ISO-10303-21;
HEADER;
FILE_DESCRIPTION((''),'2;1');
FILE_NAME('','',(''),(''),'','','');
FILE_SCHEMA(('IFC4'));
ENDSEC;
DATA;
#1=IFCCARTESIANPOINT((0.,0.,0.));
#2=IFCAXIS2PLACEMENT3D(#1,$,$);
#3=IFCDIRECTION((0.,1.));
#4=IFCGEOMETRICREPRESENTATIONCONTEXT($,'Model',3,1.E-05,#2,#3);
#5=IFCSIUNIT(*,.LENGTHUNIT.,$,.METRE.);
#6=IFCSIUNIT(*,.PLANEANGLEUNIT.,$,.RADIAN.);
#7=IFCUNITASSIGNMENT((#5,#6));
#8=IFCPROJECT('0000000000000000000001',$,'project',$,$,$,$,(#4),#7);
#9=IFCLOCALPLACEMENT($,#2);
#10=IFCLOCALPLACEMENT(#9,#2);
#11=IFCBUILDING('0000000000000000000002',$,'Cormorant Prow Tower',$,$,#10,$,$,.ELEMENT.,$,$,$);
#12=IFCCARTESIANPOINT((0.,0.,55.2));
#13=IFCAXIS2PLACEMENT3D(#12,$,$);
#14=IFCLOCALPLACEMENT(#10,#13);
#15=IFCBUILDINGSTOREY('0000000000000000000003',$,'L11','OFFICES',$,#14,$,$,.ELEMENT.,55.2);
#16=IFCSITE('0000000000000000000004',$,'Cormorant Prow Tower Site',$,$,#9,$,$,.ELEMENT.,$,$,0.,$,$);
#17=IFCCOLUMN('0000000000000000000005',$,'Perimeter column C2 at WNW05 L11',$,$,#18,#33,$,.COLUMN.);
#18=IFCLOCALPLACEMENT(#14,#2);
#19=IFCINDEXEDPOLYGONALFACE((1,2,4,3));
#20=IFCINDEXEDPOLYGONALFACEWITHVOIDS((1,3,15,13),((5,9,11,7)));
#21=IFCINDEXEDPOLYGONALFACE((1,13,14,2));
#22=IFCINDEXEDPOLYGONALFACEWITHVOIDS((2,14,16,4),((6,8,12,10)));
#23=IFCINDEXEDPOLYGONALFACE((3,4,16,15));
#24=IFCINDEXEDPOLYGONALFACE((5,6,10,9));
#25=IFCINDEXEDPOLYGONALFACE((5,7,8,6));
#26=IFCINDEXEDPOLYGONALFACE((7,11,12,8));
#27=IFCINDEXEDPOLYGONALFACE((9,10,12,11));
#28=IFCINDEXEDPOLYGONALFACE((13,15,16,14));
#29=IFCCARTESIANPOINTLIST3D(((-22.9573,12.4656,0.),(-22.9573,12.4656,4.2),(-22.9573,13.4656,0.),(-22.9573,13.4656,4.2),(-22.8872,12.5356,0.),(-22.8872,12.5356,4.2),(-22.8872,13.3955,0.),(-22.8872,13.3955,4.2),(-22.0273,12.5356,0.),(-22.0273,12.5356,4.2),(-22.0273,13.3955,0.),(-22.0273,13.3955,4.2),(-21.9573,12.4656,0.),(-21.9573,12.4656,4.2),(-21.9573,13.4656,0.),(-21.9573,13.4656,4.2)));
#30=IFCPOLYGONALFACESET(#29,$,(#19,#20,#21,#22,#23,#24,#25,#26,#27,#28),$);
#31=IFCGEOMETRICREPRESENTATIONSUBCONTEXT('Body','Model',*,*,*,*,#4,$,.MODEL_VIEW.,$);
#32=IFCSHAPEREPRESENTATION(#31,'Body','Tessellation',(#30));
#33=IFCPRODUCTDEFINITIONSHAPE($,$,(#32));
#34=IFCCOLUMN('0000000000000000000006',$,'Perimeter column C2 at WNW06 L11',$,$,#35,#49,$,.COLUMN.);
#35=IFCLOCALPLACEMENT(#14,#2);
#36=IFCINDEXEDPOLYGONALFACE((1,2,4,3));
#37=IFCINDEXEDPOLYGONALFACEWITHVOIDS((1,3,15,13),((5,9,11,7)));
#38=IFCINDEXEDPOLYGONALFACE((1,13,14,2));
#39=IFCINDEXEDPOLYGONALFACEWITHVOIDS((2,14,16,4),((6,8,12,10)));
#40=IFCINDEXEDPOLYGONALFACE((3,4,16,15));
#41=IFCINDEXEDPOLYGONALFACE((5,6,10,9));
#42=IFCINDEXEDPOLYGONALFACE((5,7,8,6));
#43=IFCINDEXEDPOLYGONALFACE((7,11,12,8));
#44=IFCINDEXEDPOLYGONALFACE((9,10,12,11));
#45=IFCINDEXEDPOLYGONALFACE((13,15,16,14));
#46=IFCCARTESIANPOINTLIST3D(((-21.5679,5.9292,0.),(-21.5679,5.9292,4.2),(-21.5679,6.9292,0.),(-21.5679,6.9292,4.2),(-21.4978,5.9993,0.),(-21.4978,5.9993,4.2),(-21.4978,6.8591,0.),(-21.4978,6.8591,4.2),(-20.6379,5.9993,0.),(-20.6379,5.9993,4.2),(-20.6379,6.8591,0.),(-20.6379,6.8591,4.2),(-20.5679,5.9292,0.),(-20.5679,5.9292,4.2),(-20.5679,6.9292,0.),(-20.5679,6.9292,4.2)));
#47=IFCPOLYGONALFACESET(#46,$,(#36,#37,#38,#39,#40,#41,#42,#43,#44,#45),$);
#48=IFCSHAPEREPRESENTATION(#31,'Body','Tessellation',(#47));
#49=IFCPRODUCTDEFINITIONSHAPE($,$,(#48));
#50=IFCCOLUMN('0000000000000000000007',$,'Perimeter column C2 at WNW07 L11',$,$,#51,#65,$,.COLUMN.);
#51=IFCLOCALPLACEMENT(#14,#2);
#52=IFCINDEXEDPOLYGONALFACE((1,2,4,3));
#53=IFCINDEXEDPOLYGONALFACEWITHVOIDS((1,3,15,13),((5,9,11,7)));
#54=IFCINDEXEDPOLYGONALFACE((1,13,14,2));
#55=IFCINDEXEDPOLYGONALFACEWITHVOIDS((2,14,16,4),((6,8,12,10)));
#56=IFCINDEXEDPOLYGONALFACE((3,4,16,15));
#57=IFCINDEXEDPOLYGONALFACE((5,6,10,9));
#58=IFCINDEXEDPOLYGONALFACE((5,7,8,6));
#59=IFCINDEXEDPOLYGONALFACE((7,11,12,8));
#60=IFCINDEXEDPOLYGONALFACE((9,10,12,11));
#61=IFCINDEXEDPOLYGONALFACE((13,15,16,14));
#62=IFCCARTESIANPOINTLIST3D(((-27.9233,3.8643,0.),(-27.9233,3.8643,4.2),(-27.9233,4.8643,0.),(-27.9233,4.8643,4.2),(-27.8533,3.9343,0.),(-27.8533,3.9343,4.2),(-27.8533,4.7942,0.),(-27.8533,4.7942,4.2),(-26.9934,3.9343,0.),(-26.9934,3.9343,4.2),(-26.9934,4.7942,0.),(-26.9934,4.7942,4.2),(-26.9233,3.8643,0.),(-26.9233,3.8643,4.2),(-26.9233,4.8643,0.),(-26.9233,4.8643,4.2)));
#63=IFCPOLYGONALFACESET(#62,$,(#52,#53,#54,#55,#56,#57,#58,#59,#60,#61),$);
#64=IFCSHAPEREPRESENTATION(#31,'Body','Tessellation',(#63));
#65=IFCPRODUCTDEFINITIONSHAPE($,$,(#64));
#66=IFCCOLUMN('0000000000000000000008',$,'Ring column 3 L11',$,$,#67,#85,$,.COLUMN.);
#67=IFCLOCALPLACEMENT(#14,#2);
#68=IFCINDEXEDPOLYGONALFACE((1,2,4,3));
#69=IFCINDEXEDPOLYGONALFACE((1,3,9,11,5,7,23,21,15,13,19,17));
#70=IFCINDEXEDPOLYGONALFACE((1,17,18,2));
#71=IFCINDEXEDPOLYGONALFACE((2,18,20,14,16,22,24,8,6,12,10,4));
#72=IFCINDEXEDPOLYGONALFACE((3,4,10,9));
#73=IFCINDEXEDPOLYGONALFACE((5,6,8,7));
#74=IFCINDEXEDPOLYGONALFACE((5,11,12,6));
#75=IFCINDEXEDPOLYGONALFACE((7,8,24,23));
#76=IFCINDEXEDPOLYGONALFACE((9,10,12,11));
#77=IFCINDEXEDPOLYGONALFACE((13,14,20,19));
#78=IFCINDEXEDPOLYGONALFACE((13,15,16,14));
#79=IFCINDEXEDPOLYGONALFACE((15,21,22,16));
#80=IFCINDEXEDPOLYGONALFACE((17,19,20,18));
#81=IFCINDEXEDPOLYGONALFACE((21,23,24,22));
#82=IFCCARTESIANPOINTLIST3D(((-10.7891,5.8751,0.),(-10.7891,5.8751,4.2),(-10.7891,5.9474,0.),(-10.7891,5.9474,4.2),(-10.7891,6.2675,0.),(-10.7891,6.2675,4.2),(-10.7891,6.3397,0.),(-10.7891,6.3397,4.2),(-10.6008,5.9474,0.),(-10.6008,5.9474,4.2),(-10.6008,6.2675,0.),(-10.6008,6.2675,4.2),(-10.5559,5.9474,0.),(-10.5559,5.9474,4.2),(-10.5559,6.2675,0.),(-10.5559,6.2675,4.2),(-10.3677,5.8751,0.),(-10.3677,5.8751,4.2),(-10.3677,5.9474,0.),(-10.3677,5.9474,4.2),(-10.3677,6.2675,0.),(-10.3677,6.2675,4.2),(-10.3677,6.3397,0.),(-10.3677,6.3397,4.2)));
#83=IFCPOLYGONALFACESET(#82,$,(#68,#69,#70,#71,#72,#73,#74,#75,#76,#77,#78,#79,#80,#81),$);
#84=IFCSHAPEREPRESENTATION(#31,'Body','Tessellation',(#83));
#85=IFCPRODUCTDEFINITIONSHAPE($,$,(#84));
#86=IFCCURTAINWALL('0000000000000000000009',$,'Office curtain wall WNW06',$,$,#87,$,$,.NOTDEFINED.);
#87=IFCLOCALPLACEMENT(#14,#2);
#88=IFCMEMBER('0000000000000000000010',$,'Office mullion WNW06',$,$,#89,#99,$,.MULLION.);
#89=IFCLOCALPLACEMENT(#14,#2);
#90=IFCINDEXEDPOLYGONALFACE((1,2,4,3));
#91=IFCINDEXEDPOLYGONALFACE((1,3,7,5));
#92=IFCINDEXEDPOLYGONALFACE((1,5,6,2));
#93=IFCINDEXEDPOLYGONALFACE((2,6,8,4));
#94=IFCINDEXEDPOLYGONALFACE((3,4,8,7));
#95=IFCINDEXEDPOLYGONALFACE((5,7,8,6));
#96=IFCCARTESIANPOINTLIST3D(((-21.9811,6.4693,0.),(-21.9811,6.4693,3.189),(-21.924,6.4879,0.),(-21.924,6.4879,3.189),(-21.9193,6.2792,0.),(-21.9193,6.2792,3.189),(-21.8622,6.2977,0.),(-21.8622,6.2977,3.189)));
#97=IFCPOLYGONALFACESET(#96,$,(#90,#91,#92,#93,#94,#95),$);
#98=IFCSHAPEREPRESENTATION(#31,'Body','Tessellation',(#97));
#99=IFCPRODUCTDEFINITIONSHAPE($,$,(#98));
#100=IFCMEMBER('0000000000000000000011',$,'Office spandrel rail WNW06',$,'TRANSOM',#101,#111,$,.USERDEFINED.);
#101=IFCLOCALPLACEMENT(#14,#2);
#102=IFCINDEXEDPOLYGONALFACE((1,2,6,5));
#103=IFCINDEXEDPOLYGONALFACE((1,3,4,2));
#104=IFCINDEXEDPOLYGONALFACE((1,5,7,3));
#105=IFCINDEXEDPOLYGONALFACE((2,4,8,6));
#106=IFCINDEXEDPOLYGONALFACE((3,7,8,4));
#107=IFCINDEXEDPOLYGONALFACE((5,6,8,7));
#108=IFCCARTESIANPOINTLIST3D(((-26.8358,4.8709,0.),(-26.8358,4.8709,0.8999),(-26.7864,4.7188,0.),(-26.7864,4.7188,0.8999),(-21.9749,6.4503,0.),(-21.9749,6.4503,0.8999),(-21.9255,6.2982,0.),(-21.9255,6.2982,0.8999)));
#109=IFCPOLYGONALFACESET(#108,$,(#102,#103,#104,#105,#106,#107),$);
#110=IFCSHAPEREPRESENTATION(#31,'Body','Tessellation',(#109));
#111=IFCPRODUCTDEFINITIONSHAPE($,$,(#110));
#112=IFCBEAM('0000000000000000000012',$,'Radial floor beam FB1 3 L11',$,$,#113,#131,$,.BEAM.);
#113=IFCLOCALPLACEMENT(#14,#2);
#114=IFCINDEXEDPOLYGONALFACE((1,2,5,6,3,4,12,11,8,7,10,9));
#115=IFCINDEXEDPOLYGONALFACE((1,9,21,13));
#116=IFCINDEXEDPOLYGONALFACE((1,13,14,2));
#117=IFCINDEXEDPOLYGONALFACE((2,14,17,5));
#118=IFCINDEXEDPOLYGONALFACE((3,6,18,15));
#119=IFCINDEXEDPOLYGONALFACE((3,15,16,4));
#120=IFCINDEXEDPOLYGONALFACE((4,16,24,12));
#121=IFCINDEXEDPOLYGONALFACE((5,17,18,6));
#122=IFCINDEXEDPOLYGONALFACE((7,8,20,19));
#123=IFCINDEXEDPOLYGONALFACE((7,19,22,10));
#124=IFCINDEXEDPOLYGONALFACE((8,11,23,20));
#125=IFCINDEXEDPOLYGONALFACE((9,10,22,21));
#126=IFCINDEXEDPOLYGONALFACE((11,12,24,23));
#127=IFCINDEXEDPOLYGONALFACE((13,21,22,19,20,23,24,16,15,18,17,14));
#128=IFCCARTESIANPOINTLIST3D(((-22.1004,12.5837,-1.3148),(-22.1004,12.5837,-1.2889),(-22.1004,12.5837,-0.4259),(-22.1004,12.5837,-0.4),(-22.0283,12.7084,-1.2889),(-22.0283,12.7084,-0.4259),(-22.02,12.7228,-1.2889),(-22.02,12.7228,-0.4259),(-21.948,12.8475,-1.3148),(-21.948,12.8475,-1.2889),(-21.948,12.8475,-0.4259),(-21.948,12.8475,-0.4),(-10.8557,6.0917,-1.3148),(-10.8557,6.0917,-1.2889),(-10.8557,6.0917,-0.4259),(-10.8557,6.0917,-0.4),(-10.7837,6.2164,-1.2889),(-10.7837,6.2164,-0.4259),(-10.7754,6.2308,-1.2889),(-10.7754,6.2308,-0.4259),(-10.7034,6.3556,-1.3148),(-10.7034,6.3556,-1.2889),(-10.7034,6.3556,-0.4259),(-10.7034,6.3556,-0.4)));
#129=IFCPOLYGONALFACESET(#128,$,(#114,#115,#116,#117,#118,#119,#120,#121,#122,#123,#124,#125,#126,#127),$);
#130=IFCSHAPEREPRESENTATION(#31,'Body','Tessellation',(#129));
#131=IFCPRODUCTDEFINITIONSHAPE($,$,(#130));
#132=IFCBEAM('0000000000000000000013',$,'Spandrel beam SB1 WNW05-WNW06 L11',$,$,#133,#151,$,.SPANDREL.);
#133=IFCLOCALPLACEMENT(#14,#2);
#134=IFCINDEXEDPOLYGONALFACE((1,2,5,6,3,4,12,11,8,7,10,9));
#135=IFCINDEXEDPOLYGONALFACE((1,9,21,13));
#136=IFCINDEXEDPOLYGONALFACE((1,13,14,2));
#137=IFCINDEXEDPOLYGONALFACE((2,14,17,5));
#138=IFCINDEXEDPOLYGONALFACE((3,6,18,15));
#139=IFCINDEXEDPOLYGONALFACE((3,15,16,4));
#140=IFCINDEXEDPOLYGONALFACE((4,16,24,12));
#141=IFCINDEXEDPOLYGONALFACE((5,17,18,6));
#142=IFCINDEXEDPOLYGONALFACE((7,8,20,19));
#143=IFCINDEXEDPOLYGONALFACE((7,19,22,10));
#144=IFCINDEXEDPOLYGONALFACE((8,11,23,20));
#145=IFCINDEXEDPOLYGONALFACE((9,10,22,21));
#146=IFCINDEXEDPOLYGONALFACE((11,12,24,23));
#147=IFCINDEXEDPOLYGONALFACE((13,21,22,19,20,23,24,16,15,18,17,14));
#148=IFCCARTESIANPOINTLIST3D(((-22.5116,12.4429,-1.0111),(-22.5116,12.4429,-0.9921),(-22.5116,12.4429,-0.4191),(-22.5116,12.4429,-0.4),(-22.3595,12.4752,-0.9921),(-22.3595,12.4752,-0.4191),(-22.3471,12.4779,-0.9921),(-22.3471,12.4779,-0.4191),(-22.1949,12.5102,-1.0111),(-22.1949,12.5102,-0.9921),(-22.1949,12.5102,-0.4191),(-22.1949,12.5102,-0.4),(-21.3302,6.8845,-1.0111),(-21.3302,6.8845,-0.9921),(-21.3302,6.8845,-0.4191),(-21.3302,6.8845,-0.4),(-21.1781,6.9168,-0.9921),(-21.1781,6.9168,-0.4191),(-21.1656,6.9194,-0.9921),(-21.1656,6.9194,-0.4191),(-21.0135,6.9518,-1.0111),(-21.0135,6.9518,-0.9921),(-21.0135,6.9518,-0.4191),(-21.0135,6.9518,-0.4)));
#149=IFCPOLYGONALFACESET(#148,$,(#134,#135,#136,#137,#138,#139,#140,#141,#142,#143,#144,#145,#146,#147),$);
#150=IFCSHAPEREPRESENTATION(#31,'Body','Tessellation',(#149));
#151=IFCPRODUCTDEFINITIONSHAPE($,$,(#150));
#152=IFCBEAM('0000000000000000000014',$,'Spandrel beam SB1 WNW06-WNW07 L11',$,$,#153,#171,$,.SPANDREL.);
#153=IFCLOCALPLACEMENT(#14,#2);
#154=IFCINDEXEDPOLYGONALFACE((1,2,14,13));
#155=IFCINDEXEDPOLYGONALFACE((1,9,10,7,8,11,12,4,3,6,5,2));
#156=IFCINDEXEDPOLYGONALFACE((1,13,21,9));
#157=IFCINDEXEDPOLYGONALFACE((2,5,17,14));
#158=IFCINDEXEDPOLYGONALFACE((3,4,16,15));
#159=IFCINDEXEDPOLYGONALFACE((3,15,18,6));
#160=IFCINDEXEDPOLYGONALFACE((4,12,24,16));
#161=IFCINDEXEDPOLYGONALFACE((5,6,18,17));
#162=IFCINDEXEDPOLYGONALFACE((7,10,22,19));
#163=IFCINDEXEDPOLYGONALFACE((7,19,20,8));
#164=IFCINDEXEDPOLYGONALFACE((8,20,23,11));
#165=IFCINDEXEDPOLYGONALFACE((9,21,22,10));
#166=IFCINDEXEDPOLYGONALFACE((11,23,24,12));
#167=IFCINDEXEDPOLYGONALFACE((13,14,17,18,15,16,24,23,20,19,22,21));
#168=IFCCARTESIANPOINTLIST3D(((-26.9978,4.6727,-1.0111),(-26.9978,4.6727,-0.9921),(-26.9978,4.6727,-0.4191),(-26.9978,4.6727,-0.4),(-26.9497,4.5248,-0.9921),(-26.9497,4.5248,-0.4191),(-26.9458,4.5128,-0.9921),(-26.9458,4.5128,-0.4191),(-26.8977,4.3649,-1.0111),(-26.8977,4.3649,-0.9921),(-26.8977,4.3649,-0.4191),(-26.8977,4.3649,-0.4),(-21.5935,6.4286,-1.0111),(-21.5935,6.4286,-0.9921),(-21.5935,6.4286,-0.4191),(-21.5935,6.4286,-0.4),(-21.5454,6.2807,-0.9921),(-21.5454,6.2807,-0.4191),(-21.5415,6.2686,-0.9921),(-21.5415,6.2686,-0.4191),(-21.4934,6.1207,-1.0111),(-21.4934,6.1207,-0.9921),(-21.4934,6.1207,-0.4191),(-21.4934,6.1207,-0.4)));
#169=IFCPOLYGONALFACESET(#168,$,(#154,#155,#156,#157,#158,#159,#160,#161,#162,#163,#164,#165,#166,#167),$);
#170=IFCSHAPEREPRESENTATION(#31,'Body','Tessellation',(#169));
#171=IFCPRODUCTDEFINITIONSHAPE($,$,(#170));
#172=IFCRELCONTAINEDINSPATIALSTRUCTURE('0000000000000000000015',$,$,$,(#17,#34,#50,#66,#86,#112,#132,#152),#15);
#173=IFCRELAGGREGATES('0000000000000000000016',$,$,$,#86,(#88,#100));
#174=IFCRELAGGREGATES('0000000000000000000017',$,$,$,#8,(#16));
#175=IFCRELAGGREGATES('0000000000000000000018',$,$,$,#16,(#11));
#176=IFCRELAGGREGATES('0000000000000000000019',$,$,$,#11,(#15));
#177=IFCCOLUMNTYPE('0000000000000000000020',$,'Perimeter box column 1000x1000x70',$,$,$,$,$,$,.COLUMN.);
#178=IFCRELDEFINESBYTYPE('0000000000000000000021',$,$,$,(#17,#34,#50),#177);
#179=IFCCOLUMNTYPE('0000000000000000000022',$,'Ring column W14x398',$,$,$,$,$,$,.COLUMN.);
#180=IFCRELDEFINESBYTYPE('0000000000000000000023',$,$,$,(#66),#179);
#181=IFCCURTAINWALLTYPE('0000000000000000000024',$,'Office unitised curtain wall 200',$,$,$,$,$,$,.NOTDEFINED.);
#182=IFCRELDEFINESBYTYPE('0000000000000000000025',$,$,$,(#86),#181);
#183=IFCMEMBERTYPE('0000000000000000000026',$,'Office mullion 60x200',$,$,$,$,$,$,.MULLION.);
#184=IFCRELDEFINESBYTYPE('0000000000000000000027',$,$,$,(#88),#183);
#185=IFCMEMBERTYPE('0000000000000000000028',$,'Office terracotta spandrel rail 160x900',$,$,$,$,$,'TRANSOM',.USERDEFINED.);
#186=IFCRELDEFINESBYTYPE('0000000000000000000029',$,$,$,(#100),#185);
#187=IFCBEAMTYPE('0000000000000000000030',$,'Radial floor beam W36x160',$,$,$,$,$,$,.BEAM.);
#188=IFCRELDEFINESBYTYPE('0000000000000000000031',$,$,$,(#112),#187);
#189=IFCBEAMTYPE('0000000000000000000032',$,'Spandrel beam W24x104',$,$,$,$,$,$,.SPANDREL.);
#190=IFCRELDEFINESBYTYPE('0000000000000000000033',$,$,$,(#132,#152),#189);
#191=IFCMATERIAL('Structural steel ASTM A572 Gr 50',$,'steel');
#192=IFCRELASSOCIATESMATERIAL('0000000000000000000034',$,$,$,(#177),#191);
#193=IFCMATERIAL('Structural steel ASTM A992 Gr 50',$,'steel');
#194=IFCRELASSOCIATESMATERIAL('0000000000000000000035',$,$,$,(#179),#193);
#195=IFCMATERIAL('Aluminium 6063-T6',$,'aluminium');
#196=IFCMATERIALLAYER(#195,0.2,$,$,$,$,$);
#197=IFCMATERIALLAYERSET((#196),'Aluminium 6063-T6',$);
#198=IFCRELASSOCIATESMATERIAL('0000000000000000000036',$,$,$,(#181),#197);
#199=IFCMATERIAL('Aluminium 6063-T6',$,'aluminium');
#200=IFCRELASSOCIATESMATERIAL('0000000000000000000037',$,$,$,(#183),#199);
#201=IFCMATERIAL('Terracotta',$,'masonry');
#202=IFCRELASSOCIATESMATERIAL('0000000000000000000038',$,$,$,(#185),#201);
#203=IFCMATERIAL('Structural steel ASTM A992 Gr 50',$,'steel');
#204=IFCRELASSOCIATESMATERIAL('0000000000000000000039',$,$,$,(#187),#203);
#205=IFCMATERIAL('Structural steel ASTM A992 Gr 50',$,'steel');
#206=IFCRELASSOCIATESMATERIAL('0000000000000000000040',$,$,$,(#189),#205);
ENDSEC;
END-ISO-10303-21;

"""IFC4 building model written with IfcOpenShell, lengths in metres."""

from ifc_helpers import new_model, si_unit, direction, frame, origin, origin_2d, place, context, subcontext, project, spatial, rectangle, hollow_rectangle, i_section, extrude, material, layer, layer_set, material_profile, profile_set, type_object, element, aggregate, save


model = new_model("IFC4")

# Units and contexts
model_context = context("Model", 3, precision=1e-05, world=origin(), true_north=direction((0.0, 1.0)))
body_context = subcontext(model_context, "Body", "Model", "MODEL_VIEW")
ifc_project = project(units=[si_unit("LENGTHUNIT", "METRE"), si_unit("PLANEANGLEUNIT", "RADIAN")], contexts=[model_context])

# Site, building, storey
site_placement = place(None, origin())
site = spatial("IfcSite", under=ifc_project, at=site_placement, Name="Cormorant Prow Tower Site", CompositionType="ELEMENT", RefElevation=0.0)
building_placement = place(site_placement, origin())
building = spatial("IfcBuilding", under=site, at=building_placement, Name="Cormorant Prow Tower", CompositionType="ELEMENT")
storey_placement = place(building_placement, frame((0.0, 0.0, 55.2)))
storey = spatial("IfcBuildingStorey", under=building, at=storey_placement, Name="L11", Description="OFFICES", CompositionType="ELEMENT", Elevation=55.2)

# Columns
ifc_material_1 = material(Name="Structural steel ASTM A572 Gr 50", Category="steel")
ifc_material_profile_1 = material_profile(ifc_material_1, hollow_rectangle(XDim=1.0, YDim=1.0, WallThickness=0.0701, at=origin_2d()), Name="Box 1000x1000x70")
ifc_profile_set_1 = profile_set([ifc_material_profile_1], Name="Structural steel ASTM A572 Gr 50")
column_type_1 = type_object("IfcColumnType", Name="Perimeter box column 1000x1000x70", PredefinedType="COLUMN", material=ifc_profile_set_1)
for number, where, z_axis, x_axis, name in (
    (1, (-22.4573, 12.9656, 0.0), (0.0, 0.0, 1.0), (1.0, 0.0, 0.0), "Perimeter column C2 at WNW05 L11"),
    (2, (-21.0679, 6.4292, 0.0), (0.0, 0.0, 1.0), (1.0, 0.0, 0.0), "Perimeter column C2 at WNW06 L11"),
    (3, (-27.4233, 4.3643, 0.0), (0.0, 0.0, 1.0), (1.0, 0.0, 0.0), "Perimeter column C2 at WNW07 L11"),
):
    element("IfcColumn", number, at=place(storey_placement, frame(where, z_axis=z_axis, x_axis=x_axis)), inside=storey, type_object=column_type_1, Name=name, PredefinedType="COLUMN", context=body_context, shape_type="SweptSolid", body=[
        extrude(hollow_rectangle(XDim=1.0, YDim=1.0, WallThickness=0.0701, at=origin_2d()), origin(), (0.0, 0.0, 1.0), 4.2),
    ])
ifc_material_2 = material(Name="Structural steel ASTM A992 Gr 50", Category="steel")
ifc_material_profile_2 = material_profile(ifc_material_2, i_section(OverallWidth=0.4214, OverallDepth=0.4646, WebThickness=0.0449, FlangeThickness=0.0723, at=origin_2d()), Name="W14x398")
ifc_profile_set_2 = profile_set([ifc_material_profile_2], Name="Structural steel ASTM A992 Gr 50")
column_type_2 = type_object("IfcColumnType", Name="Ring column W14x398", PredefinedType="COLUMN", material=ifc_profile_set_2)
column_placement = place(storey_placement, frame((-10.5784, 6.1074, 0.0), z_axis=(0.0, 0.0, 1.0), x_axis=(1.0, 0.0, 0.0)))
element("IfcColumn", 4, at=column_placement, inside=storey, type_object=column_type_2, Name="Ring column 3 L11", PredefinedType="COLUMN", context=body_context, shape_type="SweptSolid", body=[
    extrude(i_section(OverallWidth=0.4214, OverallDepth=0.4646, WebThickness=0.0449, FlangeThickness=0.0723, at=origin_2d()), origin(), (0.0, 0.0, 1.0), 4.2),
])

# Curtain wall, members
ifc_material_3 = material(Name="Aluminium 6063-T6", Category="aluminium")
ifc_layer_1 = layer(ifc_material_3, 0.2)
ifc_layer_set_1 = layer_set([ifc_layer_1], Name="Aluminium 6063-T6")
curtain_wall_type = type_object("IfcCurtainWallType", Name="Office unitised curtain wall 200", PredefinedType="NOTDEFINED", material=ifc_layer_set_1)
curtain_wall_1_placement = place(storey_placement, origin())
curtain_wall_1 = element("IfcCurtainWall", 5, at=curtain_wall_1_placement, inside=storey, type_object=curtain_wall_type, Name="Office curtain wall WNW06", PredefinedType="NOTDEFINED")
ifc_material_4 = material(Name="Aluminium 6063-T6", Category="aluminium")
ifc_material_profile_3 = material_profile(ifc_material_4, rectangle(XDim=0.2, YDim=0.0601, at=origin_2d()), Name="Office mullion 60x200")
ifc_profile_set_3 = profile_set([ifc_material_profile_3], Name="Aluminium 6063-T6")
member_type_1 = type_object("IfcMemberType", Name="Office mullion 60x200", PredefinedType="MULLION", material=ifc_profile_set_3)
member_1_placement = place(storey_placement, frame((-21.9216, 6.3835, 0.0), z_axis=(0.0, 0.0, 1.0), x_axis=(0.309017, -0.951057, 0.0)))
member_1 = element("IfcMember", 6, at=member_1_placement, type_object=member_type_1, Name="Office mullion WNW06", PredefinedType="MULLION", context=body_context, shape_type="SweptSolid", body=[
    extrude(rectangle(XDim=0.2, YDim=0.0601, at=origin_2d()), origin(), (0.0, 0.0, 1.0), 3.189),
])
ifc_material_5 = material(Name="Terracotta", Category="masonry")
ifc_material_profile_4 = material_profile(ifc_material_5, rectangle(XDim=0.1599, YDim=0.8999, at=origin_2d()), Name="Office terracotta spandrel rail 160x900")
ifc_profile_set_4 = profile_set([ifc_material_profile_4], Name="Terracotta")
member_type_2 = type_object("IfcMemberType", Name="Office terracotta spandrel rail 160x900", ElementType="TRANSOM", PredefinedType="USERDEFINED", material=ifc_profile_set_4)
member_2_placement = place(storey_placement, frame((-21.9502, 6.3743, 0.45), z_axis=(-0.951059, -0.30901, 0.0), x_axis=(0.30901, -0.951059, 0.0)))
member_2 = element("IfcMember", 7, at=member_2_placement, type_object=member_type_2, Name="Office spandrel rail WNW06", ObjectType="TRANSOM", PredefinedType="USERDEFINED", context=body_context, shape_type="SweptSolid", body=[
    extrude(rectangle(XDim=0.1599, YDim=0.8999, at=origin_2d()), origin(), (0.0, 0.0, 1.0), 5.1111),
])

# Beams
ifc_material_6 = material(Name="Structural steel ASTM A992 Gr 50", Category="steel")
ifc_material_profile_5 = material_profile(ifc_material_6, i_section(OverallWidth=0.3047, OverallDepth=0.9148, WebThickness=0.0166, FlangeThickness=0.0259, at=origin_2d()), Name="W36x160")
ifc_profile_set_5 = profile_set([ifc_material_profile_5], Name="Structural steel ASTM A992 Gr 50")
beam_type_1 = type_object("IfcBeamType", Name="Radial floor beam W36x160", PredefinedType="BEAM", material=ifc_profile_set_5)
beam_1_placement = place(storey_placement, frame((-10.7795, 6.2236, -0.8574), z_axis=(-0.86603, 0.499992, 0.0), x_axis=(-0.499992, -0.86603, 0.0)))
element("IfcBeam", 8, at=beam_1_placement, inside=storey, type_object=beam_type_1, Name="Radial floor beam FB1 3 L11", PredefinedType="BEAM", context=body_context, shape_type="SweptSolid", body=[
    extrude(i_section(OverallWidth=0.3047, OverallDepth=0.9148, WebThickness=0.0166, FlangeThickness=0.0259, at=origin_2d()), origin(), (0.0, 0.0, 1.0), 12.9841),
])
ifc_material_7 = material(Name="Structural steel ASTM A992 Gr 50", Category="steel")
ifc_material_profile_6 = material_profile(ifc_material_7, i_section(OverallWidth=0.3237, OverallDepth=0.6111, WebThickness=0.0127, FlangeThickness=0.019, at=origin_2d()), Name="W24x104")
ifc_profile_set_6 = profile_set([ifc_material_profile_6], Name="Structural steel ASTM A992 Gr 50")
beam_type_2 = type_object("IfcBeamType", Name="Spandrel beam W24x104", PredefinedType="SPANDREL", material=ifc_profile_set_6)
beam_2_placement = place(storey_placement, frame((-22.3533, 12.4766, -0.7056), z_axis=(0.2079, -0.97815, 0.0), x_axis=(0.97815, 0.2079, 0.0)))
element("IfcBeam", 9, at=beam_2_placement, inside=storey, type_object=beam_type_2, Name="Spandrel beam SB1 WNW05-WNW06 L11", PredefinedType="SPANDREL", context=body_context, shape_type="SweptSolid", body=[
    extrude(i_section(OverallWidth=0.3237, OverallDepth=0.6111, WebThickness=0.0127, FlangeThickness=0.019, at=origin_2d()), origin(), (0.0, 0.0, 1.0), 5.6826),
])
beam_3_placement = place(storey_placement, frame((-21.5435, 6.2747, -0.7056), z_axis=(-0.951062, -0.309001, 0.0), x_axis=(0.309001, -0.951062, 0.0)))
element("IfcBeam", 10, at=beam_3_placement, inside=storey, type_object=beam_type_2, Name="Spandrel beam SB1 WNW06-WNW07 L11", PredefinedType="SPANDREL", context=body_context, shape_type="SweptSolid", body=[
    extrude(i_section(OverallWidth=0.3237, OverallDepth=0.6111, WebThickness=0.0127, FlangeThickness=0.019, at=origin_2d()), origin(), (0.0, 0.0, 1.0), 5.6824),
])

aggregate(curtain_wall_1, [member_1, member_2])

save(model, "model.ifc")
